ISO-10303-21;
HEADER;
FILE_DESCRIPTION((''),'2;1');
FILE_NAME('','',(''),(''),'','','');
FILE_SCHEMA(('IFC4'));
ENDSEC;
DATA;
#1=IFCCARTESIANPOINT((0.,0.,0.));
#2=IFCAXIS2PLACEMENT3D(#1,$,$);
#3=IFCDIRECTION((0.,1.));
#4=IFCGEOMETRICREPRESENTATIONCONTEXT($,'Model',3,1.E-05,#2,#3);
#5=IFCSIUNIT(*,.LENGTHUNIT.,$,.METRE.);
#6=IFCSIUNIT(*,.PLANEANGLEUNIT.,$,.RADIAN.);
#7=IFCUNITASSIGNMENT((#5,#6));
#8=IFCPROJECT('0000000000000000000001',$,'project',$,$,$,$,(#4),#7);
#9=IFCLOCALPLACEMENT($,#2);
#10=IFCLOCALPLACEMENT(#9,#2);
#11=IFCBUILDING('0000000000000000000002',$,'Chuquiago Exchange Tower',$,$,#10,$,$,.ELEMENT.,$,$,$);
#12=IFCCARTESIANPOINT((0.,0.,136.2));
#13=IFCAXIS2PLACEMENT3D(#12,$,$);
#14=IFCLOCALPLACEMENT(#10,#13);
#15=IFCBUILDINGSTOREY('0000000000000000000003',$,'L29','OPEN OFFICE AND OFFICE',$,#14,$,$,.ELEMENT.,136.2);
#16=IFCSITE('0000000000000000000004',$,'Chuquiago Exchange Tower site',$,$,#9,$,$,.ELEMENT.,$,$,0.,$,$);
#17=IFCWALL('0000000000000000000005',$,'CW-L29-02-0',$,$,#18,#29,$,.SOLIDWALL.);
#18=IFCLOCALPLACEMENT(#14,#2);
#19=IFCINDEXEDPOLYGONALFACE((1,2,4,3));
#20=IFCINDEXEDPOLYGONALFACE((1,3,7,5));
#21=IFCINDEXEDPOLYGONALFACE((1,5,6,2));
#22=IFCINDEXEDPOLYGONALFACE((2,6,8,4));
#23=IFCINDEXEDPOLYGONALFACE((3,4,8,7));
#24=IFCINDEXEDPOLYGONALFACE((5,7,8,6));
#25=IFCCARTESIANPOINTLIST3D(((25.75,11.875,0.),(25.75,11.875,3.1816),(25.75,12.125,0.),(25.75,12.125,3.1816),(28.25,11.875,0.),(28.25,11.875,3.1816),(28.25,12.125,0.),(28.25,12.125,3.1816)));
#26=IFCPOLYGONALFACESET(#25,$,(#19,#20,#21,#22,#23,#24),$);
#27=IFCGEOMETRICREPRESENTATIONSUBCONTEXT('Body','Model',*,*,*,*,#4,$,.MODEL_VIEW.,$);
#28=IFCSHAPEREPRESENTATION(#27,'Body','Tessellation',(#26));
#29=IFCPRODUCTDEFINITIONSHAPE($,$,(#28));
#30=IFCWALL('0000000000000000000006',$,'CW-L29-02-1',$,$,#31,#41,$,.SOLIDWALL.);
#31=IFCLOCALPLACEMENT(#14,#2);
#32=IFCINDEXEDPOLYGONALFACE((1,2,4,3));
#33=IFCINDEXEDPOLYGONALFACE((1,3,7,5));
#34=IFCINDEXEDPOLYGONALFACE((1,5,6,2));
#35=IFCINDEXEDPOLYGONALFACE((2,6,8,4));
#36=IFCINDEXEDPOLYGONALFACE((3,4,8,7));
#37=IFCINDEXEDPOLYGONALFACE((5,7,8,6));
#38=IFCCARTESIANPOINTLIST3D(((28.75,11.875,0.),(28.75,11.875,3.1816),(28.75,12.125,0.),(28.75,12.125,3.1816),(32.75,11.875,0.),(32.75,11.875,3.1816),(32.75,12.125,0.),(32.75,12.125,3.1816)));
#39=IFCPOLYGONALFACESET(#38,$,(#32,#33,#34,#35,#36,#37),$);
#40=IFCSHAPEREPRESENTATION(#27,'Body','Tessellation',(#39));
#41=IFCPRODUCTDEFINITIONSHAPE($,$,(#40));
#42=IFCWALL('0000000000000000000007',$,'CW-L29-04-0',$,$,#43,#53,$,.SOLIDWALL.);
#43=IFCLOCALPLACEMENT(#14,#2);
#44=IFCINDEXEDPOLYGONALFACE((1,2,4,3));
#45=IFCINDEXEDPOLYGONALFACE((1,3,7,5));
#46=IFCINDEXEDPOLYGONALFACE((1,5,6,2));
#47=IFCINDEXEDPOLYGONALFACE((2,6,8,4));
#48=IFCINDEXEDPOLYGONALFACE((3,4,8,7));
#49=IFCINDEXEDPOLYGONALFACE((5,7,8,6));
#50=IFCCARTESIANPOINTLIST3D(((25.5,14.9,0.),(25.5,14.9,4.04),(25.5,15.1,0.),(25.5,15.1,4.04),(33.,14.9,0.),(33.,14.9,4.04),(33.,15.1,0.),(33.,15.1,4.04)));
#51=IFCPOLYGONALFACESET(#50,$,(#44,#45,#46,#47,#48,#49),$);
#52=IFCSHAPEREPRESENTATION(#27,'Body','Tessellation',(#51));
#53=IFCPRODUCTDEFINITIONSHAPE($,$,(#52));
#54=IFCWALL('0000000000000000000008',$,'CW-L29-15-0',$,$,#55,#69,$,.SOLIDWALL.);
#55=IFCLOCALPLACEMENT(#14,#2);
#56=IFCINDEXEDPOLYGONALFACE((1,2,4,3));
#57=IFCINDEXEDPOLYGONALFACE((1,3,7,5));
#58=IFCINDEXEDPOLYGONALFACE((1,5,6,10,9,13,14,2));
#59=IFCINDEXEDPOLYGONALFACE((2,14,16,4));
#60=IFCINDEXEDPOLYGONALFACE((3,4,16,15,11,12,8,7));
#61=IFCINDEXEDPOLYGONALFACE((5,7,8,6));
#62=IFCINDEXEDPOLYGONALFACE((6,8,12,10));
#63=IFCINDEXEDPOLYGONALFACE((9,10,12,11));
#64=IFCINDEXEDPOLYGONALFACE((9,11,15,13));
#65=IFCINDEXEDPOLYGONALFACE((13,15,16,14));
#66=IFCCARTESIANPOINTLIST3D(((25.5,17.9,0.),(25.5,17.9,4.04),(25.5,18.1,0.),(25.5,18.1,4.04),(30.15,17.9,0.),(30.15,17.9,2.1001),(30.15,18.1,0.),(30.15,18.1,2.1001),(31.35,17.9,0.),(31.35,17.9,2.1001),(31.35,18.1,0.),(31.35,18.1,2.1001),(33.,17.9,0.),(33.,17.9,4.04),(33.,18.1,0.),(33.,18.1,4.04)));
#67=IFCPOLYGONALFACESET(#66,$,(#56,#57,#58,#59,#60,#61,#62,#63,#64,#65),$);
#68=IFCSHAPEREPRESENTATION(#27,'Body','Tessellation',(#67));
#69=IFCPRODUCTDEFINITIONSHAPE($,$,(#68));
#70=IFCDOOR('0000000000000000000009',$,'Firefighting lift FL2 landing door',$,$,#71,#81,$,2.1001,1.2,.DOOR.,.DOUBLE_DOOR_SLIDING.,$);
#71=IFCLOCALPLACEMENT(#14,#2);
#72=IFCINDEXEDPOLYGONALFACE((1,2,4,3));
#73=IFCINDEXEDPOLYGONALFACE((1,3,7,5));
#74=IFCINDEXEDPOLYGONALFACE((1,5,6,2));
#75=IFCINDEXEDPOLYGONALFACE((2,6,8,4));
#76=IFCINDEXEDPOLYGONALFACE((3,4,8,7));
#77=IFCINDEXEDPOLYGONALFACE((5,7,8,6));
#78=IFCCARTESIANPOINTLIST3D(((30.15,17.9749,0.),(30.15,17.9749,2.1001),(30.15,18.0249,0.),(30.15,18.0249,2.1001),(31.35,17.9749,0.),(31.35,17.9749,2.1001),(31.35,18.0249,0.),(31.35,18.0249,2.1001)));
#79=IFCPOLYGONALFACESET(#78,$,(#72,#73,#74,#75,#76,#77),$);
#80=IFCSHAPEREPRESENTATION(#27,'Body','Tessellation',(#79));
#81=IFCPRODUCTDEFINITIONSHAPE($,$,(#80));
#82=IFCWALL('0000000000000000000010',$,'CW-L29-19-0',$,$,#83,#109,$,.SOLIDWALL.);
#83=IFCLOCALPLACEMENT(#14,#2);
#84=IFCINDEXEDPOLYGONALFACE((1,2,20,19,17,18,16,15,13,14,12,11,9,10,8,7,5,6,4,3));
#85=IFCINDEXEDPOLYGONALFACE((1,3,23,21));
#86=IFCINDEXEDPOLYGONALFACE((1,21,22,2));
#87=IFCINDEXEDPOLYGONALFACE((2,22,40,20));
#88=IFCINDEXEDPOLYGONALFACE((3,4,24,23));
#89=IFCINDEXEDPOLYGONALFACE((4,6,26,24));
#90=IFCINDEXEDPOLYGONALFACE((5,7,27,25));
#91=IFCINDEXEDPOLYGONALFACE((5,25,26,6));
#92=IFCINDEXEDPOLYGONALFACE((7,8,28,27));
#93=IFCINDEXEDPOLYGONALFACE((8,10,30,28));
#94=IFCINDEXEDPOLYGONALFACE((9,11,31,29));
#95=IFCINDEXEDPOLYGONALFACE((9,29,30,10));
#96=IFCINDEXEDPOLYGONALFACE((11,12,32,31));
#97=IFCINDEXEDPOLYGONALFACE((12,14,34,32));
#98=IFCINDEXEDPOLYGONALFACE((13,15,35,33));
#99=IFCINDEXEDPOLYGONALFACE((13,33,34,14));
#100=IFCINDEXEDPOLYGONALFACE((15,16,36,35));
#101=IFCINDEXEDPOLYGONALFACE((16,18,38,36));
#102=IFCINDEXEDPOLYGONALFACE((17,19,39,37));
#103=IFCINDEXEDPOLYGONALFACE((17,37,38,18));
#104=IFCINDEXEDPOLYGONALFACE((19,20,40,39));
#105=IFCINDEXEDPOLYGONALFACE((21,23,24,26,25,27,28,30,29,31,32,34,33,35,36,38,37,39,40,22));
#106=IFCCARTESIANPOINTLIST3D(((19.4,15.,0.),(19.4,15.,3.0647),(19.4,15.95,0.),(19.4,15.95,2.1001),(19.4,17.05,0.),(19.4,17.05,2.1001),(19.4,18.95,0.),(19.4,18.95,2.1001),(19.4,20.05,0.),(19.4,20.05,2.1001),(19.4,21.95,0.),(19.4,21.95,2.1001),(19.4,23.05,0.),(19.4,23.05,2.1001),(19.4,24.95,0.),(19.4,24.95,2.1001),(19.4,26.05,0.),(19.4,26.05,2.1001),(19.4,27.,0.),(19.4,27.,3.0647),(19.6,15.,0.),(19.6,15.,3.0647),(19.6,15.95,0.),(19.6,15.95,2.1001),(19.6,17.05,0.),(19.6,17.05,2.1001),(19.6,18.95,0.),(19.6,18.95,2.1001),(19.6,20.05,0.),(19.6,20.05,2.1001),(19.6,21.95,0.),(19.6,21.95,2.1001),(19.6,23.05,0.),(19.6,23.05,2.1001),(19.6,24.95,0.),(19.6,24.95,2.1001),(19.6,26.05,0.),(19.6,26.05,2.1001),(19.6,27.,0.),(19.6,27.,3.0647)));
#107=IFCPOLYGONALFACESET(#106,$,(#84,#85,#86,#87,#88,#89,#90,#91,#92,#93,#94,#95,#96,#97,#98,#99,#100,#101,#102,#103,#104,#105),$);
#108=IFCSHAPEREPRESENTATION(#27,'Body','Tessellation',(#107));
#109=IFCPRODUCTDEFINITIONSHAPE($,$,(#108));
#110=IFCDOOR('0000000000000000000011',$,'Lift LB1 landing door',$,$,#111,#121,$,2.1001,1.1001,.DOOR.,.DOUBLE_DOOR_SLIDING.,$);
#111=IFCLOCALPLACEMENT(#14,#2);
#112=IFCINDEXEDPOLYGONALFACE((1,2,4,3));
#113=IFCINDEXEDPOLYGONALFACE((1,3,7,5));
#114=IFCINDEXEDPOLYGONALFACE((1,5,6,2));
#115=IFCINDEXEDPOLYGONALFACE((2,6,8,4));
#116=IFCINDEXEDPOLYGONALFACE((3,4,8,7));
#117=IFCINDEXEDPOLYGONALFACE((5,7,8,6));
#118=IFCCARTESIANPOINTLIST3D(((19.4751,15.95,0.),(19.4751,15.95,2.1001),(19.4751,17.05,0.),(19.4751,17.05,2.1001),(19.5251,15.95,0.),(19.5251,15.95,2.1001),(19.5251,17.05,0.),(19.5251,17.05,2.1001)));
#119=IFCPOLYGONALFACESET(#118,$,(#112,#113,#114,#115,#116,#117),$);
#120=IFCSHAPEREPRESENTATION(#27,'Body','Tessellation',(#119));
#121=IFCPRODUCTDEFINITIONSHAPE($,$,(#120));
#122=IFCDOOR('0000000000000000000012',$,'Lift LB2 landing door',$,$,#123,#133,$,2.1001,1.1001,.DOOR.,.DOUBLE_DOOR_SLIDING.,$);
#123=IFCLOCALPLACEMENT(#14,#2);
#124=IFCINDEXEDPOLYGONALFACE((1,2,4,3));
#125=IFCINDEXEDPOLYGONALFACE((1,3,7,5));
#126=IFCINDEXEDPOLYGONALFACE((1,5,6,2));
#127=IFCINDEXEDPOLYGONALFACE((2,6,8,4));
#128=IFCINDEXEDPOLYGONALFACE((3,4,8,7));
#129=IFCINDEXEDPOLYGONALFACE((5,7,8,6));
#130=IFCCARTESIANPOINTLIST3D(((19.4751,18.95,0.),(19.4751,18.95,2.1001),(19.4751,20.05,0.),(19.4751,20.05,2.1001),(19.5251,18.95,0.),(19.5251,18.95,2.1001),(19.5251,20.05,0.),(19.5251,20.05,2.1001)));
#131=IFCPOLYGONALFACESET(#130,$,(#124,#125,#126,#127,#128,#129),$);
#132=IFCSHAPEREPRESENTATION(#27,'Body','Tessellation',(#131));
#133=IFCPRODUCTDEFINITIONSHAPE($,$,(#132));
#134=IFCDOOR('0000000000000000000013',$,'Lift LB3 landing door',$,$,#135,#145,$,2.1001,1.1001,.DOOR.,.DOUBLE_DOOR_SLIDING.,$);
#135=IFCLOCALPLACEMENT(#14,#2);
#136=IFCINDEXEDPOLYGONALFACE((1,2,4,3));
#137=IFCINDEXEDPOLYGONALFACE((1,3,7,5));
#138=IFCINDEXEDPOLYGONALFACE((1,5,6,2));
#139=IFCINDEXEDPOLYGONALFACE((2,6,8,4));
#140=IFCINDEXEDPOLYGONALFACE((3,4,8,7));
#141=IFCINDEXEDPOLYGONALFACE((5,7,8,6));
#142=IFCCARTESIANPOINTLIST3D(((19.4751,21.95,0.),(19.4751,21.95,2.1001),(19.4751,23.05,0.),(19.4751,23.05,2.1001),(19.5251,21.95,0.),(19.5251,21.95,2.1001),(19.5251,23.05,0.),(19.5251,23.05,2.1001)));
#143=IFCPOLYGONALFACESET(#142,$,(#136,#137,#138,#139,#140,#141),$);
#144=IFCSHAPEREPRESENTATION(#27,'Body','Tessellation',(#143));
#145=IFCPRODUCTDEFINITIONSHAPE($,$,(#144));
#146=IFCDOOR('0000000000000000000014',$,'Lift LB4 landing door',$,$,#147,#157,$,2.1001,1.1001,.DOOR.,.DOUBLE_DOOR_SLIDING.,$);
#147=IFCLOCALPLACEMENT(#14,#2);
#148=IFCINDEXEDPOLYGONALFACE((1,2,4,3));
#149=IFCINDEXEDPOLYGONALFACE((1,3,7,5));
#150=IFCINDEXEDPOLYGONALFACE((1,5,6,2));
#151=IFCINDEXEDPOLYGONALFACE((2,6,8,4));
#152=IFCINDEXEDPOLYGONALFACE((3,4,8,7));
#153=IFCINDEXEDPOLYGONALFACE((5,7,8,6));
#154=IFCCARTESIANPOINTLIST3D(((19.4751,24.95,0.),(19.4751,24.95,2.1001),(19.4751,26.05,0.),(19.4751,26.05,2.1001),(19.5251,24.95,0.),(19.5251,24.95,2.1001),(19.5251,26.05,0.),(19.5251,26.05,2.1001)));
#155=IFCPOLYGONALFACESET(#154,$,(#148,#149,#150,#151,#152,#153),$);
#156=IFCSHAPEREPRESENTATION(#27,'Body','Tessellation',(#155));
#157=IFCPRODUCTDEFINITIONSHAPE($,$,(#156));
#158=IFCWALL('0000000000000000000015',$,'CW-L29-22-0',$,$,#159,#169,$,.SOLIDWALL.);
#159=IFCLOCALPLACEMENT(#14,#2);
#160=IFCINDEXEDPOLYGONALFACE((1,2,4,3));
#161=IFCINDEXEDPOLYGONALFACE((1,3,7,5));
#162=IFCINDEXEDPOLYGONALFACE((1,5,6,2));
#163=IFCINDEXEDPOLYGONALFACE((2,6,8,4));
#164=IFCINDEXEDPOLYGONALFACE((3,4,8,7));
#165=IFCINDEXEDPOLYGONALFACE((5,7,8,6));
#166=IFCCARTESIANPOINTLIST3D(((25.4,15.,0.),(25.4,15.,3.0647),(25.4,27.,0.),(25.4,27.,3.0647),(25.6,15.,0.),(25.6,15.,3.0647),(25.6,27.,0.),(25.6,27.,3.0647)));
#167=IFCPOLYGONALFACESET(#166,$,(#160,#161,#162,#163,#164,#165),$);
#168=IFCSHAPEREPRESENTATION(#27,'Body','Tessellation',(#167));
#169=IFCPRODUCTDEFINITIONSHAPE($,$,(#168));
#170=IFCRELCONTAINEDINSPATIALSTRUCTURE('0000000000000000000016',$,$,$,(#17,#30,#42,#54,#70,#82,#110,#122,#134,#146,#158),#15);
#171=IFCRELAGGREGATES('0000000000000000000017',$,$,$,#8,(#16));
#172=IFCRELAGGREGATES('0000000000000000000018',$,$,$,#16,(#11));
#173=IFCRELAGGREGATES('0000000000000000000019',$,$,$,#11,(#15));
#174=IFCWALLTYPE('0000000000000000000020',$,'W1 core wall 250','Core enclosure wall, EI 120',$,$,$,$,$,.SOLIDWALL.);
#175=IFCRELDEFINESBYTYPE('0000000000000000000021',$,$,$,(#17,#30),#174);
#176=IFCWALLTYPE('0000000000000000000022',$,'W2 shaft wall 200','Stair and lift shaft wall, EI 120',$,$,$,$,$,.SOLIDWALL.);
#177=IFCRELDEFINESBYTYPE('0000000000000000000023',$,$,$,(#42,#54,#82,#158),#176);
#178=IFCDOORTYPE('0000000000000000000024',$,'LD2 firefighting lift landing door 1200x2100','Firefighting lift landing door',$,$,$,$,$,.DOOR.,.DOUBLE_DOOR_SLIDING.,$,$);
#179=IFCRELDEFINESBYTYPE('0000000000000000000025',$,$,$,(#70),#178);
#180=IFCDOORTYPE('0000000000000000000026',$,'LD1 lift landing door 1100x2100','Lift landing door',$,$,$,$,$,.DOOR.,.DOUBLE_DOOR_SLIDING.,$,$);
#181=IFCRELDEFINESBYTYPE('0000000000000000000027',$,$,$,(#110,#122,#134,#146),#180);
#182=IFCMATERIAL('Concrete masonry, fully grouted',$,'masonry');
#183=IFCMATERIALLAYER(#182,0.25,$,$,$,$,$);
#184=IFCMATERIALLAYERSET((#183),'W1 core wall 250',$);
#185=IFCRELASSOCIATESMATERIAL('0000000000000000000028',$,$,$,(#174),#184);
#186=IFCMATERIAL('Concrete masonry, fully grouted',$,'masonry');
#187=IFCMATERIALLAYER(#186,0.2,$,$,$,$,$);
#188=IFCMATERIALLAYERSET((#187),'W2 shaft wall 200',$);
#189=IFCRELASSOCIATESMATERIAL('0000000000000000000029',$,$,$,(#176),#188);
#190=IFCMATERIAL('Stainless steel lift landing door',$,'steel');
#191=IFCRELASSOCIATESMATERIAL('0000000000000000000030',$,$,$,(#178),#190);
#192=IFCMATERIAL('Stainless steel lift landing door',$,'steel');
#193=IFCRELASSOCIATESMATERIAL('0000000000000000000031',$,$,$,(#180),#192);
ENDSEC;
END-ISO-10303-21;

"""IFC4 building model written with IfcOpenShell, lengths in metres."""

from ifc_helpers import new_model, si_unit, direction, frame, frame_2d, origin, place, context, subcontext, project, spatial, rectangle, extrude, material, layer, layer_set, type_object, element, fill, save


model = new_model("IFC4")

# Units and contexts
model_context = context("Model", 3, precision=1e-05, world=origin(), true_north=direction((0.0, 1.0)))
body_context = subcontext(model_context, "Body", "Model", "MODEL_VIEW")
ifc_project = project(units=[si_unit("LENGTHUNIT", "METRE"), si_unit("PLANEANGLEUNIT", "RADIAN")], contexts=[model_context])

# Site, building, storey
site_placement = place(None, origin())
site = spatial("IfcSite", under=ifc_project, at=site_placement, Name="Chuquiago Exchange Tower site", CompositionType="ELEMENT", RefElevation=0.0)
building_placement = place(site_placement, origin())
building = spatial("IfcBuilding", under=site, at=building_placement, Name="Chuquiago Exchange Tower", CompositionType="ELEMENT")
storey_placement = place(building_placement, frame((0.0, 0.0, 136.2)))
storey = spatial("IfcBuildingStorey", under=building, at=storey_placement, Name="L29", Description="OPEN OFFICE AND OFFICE", CompositionType="ELEMENT", Elevation=136.2)

# Walls
ifc_material_1 = material(Name="Concrete masonry, fully grouted", Category="masonry")
ifc_layer_1 = layer(ifc_material_1, 0.25)
ifc_layer_set_1 = layer_set([ifc_layer_1], Name="W1 core wall 250")
wall_type_1 = type_object("IfcWallType", Name="W1 core wall 250", Description="Core enclosure wall, EI 120", PredefinedType="SOLIDWALL", material=ifc_layer_set_1)
wall_1_placement = place(storey_placement, frame((25.75, 12.0, 0.0), z_axis=(0.0, 0.0, 1.0), x_axis=(1.0, 0.0, 0.0)))
element("IfcWall", 1, at=wall_1_placement, inside=storey, type_object=wall_type_1, Name="CW-L29-02-0", PredefinedType="SOLIDWALL", context=body_context, shape_type="SweptSolid", body=[
    extrude(rectangle(XDim=2.5, YDim=0.25, at=frame_2d((1.25, 0.0))), origin(), (0.0, 0.0, 1.0), 3.1816),
])
wall_2_placement = place(storey_placement, frame((28.75, 12.0, 0.0), z_axis=(0.0, 0.0, 1.0), x_axis=(1.0, 0.0, 0.0)))
element("IfcWall", 2, at=wall_2_placement, inside=storey, type_object=wall_type_1, Name="CW-L29-02-1", PredefinedType="SOLIDWALL", context=body_context, shape_type="SweptSolid", body=[
    extrude(rectangle(XDim=4.0, YDim=0.25, at=frame_2d((2.0, 0.0))), origin(), (0.0, 0.0, 1.0), 3.1816),
])
ifc_material_2 = material(Name="Concrete masonry, fully grouted", Category="masonry")
ifc_layer_2 = layer(ifc_material_2, 0.2)
ifc_layer_set_2 = layer_set([ifc_layer_2], Name="W2 shaft wall 200")
wall_type_2 = type_object("IfcWallType", Name="W2 shaft wall 200", Description="Stair and lift shaft wall, EI 120", PredefinedType="SOLIDWALL", material=ifc_layer_set_2)
wall_3_placement = place(storey_placement, frame((25.5, 15.0, 0.0), z_axis=(0.0, 0.0, 1.0), x_axis=(1.0, 0.0, 0.0)))
element("IfcWall", 3, at=wall_3_placement, inside=storey, type_object=wall_type_2, Name="CW-L29-04-0", PredefinedType="SOLIDWALL", context=body_context, shape_type="SweptSolid", body=[
    extrude(rectangle(XDim=7.5, YDim=0.2, at=frame_2d((3.75, 0.0))), origin(), (0.0, 0.0, 1.0), 4.04),
])

# Wall, opening, door
wall_4_placement = place(storey_placement, frame((25.5, 18.0, 0.0), z_axis=(0.0, 0.0, 1.0), x_axis=(1.0, 0.0, 0.0)))
wall_4 = element("IfcWall", 4, at=wall_4_placement, inside=storey, type_object=wall_type_2, Name="CW-L29-15-0", PredefinedType="SOLIDWALL", context=body_context, shape_type="SweptSolid", body=[
    extrude(rectangle(XDim=7.5, YDim=0.2, at=frame_2d((3.75, 0.0))), origin(), (0.0, 0.0, 1.0), 4.04),
])
opening_1_placement = place(wall_4_placement, frame((4.6499, 0.0, 0.0)))
opening_1 = element("IfcOpeningElement", 5, at=opening_1_placement, cuts=wall_4, PredefinedType="OPENING", context=body_context, shape_type="SweptSolid", body=[
    extrude(rectangle(XDim=1.2, YDim=2.1001, at=frame_2d((0.6001, 1.05))), frame((0.0, 0.1099, 0.0), z_axis=(0.0, -1.0, 0.0), x_axis=(1.0, 0.0, 0.0)), (0.0, 0.0, 1.0), 0.22),
])
ifc_material_3 = material(Name="Stainless steel lift landing door", Category="steel")
door_type_1 = type_object("IfcDoorType", Name="LD2 firefighting lift landing door 1200x2100", Description="Firefighting lift landing door", OperationType="DOUBLE_DOOR_SLIDING", PredefinedType="DOOR", material=ifc_material_3)
door_1_placement = place(opening_1_placement, origin())
door_1 = element("IfcDoor", 6, at=door_1_placement, inside=storey, type_object=door_type_1, Name="Firefighting lift FL2 landing door", OperationType="DOUBLE_DOOR_SLIDING", OverallHeight=2.1001, OverallWidth=1.2, PredefinedType="DOOR", context=body_context, shape_type="SweptSolid", body=[
    extrude(rectangle(XDim=1.2, YDim=2.1001, at=frame_2d((0.6001, 1.05))), frame((0.0, 0.0249, 0.0), z_axis=(0.0, -1.0, 0.0), x_axis=(1.0, 0.0, 0.0)), (0.0, 0.0, 1.0), 0.05),
])
fill(opening_1, door_1)

# Wall, openings, doors
wall_5_placement = place(storey_placement, frame((19.5, 15.0, 0.0), z_axis=(0.0, 0.0, 1.0), x_axis=(0.0, 1.0, 0.0)))
wall_5 = element("IfcWall", 7, at=wall_5_placement, inside=storey, type_object=wall_type_2, Name="CW-L29-19-0", PredefinedType="SOLIDWALL", context=body_context, shape_type="SweptSolid", body=[
    extrude(rectangle(XDim=12.0, YDim=0.2, at=frame_2d((6.0, 0.0))), origin(), (0.0, 0.0, 1.0), 3.0647),
])
opening_2_placement = place(wall_5_placement, frame((0.95, 0.0, 0.0)))
opening_2 = element("IfcOpeningElement", 8, at=opening_2_placement, cuts=wall_5, PredefinedType="OPENING", context=body_context, shape_type="SweptSolid", body=[
    extrude(rectangle(XDim=1.1001, YDim=2.1001, at=frame_2d((0.55, 1.05))), frame((0.0, 0.1099, 0.0), z_axis=(0.0, -1.0, 0.0), x_axis=(1.0, 0.0, 0.0)), (0.0, 0.0, 1.0), 0.22),
])
opening_3_placement = place(wall_5_placement, frame((3.95, 0.0, 0.0)))
opening_3 = element("IfcOpeningElement", 9, at=opening_3_placement, cuts=wall_5, PredefinedType="OPENING", context=body_context, shape_type="SweptSolid", body=[
    extrude(rectangle(XDim=1.1001, YDim=2.1001, at=frame_2d((0.55, 1.05))), frame((0.0, 0.1099, 0.0), z_axis=(0.0, -1.0, 0.0), x_axis=(1.0, 0.0, 0.0)), (0.0, 0.0, 1.0), 0.22),
])
opening_4_placement = place(wall_5_placement, frame((6.95, 0.0, 0.0)))
opening_4 = element("IfcOpeningElement", 10, at=opening_4_placement, cuts=wall_5, PredefinedType="OPENING", context=body_context, shape_type="SweptSolid", body=[
    extrude(rectangle(XDim=1.1001, YDim=2.1001, at=frame_2d((0.55, 1.05))), frame((0.0, 0.1099, 0.0), z_axis=(0.0, -1.0, 0.0), x_axis=(1.0, 0.0, 0.0)), (0.0, 0.0, 1.0), 0.22),
])
opening_5_placement = place(wall_5_placement, frame((9.95, 0.0, 0.0)))
opening_5 = element("IfcOpeningElement", 11, at=opening_5_placement, cuts=wall_5, PredefinedType="OPENING", context=body_context, shape_type="SweptSolid", body=[
    extrude(rectangle(XDim=1.1001, YDim=2.1001, at=frame_2d((0.55, 1.05))), frame((0.0, 0.1099, 0.0), z_axis=(0.0, -1.0, 0.0), x_axis=(1.0, 0.0, 0.0)), (0.0, 0.0, 1.0), 0.22),
])
ifc_material_4 = material(Name="Stainless steel lift landing door", Category="steel")
door_type_2 = type_object("IfcDoorType", Name="LD1 lift landing door 1100x2100", Description="Lift landing door", OperationType="DOUBLE_DOOR_SLIDING", PredefinedType="DOOR", material=ifc_material_4)
door_2_placement = place(opening_2_placement, origin())
door_2 = element("IfcDoor", 12, at=door_2_placement, inside=storey, type_object=door_type_2, Name="Lift LB1 landing door", OperationType="DOUBLE_DOOR_SLIDING", OverallHeight=2.1001, OverallWidth=1.1001, PredefinedType="DOOR", context=body_context, shape_type="SweptSolid", body=[
    extrude(rectangle(XDim=1.1001, YDim=2.1001, at=frame_2d((0.55, 1.05))), frame((0.0, 0.0249, 0.0), z_axis=(0.0, -1.0, 0.0), x_axis=(1.0, 0.0, 0.0)), (0.0, 0.0, 1.0), 0.05),
])
fill(opening_2, door_2)
door_3_placement = place(opening_3_placement, origin())
door_3 = element("IfcDoor", 13, at=door_3_placement, inside=storey, type_object=door_type_2, Name="Lift LB2 landing door", OperationType="DOUBLE_DOOR_SLIDING", OverallHeight=2.1001, OverallWidth=1.1001, PredefinedType="DOOR", context=body_context, shape_type="SweptSolid", body=[
    extrude(rectangle(XDim=1.1001, YDim=2.1001, at=frame_2d((0.55, 1.05))), frame((0.0, 0.0249, 0.0), z_axis=(0.0, -1.0, 0.0), x_axis=(1.0, 0.0, 0.0)), (0.0, 0.0, 1.0), 0.05),
])
fill(opening_3, door_3)
door_4_placement = place(opening_4_placement, origin())
door_4 = element("IfcDoor", 14, at=door_4_placement, inside=storey, type_object=door_type_2, Name="Lift LB3 landing door", OperationType="DOUBLE_DOOR_SLIDING", OverallHeight=2.1001, OverallWidth=1.1001, PredefinedType="DOOR", context=body_context, shape_type="SweptSolid", body=[
    extrude(rectangle(XDim=1.1001, YDim=2.1001, at=frame_2d((0.55, 1.05))), frame((0.0, 0.0249, 0.0), z_axis=(0.0, -1.0, 0.0), x_axis=(1.0, 0.0, 0.0)), (0.0, 0.0, 1.0), 0.05),
])
fill(opening_4, door_4)
door_5_placement = place(opening_5_placement, origin())
door_5 = element("IfcDoor", 15, at=door_5_placement, inside=storey, type_object=door_type_2, Name="Lift LB4 landing door", OperationType="DOUBLE_DOOR_SLIDING", OverallHeight=2.1001, OverallWidth=1.1001, PredefinedType="DOOR", context=body_context, shape_type="SweptSolid", body=[
    extrude(rectangle(XDim=1.1001, YDim=2.1001, at=frame_2d((0.55, 1.05))), frame((0.0, 0.0249, 0.0), z_axis=(0.0, -1.0, 0.0), x_axis=(1.0, 0.0, 0.0)), (0.0, 0.0, 1.0), 0.05),
])
fill(opening_5, door_5)

# Wall
wall_6_placement = place(storey_placement, frame((25.5, 15.0, 0.0), z_axis=(0.0, 0.0, 1.0), x_axis=(0.0, 1.0, 0.0)))
element("IfcWall", 16, at=wall_6_placement, inside=storey, type_object=wall_type_2, Name="CW-L29-22-0", PredefinedType="SOLIDWALL", context=body_context, shape_type="SweptSolid", body=[
    extrude(rectangle(XDim=12.0, YDim=0.2, at=frame_2d((6.0, 0.0))), origin(), (0.0, 0.0, 1.0), 3.0647),
])

save(model, "model.ifc")
